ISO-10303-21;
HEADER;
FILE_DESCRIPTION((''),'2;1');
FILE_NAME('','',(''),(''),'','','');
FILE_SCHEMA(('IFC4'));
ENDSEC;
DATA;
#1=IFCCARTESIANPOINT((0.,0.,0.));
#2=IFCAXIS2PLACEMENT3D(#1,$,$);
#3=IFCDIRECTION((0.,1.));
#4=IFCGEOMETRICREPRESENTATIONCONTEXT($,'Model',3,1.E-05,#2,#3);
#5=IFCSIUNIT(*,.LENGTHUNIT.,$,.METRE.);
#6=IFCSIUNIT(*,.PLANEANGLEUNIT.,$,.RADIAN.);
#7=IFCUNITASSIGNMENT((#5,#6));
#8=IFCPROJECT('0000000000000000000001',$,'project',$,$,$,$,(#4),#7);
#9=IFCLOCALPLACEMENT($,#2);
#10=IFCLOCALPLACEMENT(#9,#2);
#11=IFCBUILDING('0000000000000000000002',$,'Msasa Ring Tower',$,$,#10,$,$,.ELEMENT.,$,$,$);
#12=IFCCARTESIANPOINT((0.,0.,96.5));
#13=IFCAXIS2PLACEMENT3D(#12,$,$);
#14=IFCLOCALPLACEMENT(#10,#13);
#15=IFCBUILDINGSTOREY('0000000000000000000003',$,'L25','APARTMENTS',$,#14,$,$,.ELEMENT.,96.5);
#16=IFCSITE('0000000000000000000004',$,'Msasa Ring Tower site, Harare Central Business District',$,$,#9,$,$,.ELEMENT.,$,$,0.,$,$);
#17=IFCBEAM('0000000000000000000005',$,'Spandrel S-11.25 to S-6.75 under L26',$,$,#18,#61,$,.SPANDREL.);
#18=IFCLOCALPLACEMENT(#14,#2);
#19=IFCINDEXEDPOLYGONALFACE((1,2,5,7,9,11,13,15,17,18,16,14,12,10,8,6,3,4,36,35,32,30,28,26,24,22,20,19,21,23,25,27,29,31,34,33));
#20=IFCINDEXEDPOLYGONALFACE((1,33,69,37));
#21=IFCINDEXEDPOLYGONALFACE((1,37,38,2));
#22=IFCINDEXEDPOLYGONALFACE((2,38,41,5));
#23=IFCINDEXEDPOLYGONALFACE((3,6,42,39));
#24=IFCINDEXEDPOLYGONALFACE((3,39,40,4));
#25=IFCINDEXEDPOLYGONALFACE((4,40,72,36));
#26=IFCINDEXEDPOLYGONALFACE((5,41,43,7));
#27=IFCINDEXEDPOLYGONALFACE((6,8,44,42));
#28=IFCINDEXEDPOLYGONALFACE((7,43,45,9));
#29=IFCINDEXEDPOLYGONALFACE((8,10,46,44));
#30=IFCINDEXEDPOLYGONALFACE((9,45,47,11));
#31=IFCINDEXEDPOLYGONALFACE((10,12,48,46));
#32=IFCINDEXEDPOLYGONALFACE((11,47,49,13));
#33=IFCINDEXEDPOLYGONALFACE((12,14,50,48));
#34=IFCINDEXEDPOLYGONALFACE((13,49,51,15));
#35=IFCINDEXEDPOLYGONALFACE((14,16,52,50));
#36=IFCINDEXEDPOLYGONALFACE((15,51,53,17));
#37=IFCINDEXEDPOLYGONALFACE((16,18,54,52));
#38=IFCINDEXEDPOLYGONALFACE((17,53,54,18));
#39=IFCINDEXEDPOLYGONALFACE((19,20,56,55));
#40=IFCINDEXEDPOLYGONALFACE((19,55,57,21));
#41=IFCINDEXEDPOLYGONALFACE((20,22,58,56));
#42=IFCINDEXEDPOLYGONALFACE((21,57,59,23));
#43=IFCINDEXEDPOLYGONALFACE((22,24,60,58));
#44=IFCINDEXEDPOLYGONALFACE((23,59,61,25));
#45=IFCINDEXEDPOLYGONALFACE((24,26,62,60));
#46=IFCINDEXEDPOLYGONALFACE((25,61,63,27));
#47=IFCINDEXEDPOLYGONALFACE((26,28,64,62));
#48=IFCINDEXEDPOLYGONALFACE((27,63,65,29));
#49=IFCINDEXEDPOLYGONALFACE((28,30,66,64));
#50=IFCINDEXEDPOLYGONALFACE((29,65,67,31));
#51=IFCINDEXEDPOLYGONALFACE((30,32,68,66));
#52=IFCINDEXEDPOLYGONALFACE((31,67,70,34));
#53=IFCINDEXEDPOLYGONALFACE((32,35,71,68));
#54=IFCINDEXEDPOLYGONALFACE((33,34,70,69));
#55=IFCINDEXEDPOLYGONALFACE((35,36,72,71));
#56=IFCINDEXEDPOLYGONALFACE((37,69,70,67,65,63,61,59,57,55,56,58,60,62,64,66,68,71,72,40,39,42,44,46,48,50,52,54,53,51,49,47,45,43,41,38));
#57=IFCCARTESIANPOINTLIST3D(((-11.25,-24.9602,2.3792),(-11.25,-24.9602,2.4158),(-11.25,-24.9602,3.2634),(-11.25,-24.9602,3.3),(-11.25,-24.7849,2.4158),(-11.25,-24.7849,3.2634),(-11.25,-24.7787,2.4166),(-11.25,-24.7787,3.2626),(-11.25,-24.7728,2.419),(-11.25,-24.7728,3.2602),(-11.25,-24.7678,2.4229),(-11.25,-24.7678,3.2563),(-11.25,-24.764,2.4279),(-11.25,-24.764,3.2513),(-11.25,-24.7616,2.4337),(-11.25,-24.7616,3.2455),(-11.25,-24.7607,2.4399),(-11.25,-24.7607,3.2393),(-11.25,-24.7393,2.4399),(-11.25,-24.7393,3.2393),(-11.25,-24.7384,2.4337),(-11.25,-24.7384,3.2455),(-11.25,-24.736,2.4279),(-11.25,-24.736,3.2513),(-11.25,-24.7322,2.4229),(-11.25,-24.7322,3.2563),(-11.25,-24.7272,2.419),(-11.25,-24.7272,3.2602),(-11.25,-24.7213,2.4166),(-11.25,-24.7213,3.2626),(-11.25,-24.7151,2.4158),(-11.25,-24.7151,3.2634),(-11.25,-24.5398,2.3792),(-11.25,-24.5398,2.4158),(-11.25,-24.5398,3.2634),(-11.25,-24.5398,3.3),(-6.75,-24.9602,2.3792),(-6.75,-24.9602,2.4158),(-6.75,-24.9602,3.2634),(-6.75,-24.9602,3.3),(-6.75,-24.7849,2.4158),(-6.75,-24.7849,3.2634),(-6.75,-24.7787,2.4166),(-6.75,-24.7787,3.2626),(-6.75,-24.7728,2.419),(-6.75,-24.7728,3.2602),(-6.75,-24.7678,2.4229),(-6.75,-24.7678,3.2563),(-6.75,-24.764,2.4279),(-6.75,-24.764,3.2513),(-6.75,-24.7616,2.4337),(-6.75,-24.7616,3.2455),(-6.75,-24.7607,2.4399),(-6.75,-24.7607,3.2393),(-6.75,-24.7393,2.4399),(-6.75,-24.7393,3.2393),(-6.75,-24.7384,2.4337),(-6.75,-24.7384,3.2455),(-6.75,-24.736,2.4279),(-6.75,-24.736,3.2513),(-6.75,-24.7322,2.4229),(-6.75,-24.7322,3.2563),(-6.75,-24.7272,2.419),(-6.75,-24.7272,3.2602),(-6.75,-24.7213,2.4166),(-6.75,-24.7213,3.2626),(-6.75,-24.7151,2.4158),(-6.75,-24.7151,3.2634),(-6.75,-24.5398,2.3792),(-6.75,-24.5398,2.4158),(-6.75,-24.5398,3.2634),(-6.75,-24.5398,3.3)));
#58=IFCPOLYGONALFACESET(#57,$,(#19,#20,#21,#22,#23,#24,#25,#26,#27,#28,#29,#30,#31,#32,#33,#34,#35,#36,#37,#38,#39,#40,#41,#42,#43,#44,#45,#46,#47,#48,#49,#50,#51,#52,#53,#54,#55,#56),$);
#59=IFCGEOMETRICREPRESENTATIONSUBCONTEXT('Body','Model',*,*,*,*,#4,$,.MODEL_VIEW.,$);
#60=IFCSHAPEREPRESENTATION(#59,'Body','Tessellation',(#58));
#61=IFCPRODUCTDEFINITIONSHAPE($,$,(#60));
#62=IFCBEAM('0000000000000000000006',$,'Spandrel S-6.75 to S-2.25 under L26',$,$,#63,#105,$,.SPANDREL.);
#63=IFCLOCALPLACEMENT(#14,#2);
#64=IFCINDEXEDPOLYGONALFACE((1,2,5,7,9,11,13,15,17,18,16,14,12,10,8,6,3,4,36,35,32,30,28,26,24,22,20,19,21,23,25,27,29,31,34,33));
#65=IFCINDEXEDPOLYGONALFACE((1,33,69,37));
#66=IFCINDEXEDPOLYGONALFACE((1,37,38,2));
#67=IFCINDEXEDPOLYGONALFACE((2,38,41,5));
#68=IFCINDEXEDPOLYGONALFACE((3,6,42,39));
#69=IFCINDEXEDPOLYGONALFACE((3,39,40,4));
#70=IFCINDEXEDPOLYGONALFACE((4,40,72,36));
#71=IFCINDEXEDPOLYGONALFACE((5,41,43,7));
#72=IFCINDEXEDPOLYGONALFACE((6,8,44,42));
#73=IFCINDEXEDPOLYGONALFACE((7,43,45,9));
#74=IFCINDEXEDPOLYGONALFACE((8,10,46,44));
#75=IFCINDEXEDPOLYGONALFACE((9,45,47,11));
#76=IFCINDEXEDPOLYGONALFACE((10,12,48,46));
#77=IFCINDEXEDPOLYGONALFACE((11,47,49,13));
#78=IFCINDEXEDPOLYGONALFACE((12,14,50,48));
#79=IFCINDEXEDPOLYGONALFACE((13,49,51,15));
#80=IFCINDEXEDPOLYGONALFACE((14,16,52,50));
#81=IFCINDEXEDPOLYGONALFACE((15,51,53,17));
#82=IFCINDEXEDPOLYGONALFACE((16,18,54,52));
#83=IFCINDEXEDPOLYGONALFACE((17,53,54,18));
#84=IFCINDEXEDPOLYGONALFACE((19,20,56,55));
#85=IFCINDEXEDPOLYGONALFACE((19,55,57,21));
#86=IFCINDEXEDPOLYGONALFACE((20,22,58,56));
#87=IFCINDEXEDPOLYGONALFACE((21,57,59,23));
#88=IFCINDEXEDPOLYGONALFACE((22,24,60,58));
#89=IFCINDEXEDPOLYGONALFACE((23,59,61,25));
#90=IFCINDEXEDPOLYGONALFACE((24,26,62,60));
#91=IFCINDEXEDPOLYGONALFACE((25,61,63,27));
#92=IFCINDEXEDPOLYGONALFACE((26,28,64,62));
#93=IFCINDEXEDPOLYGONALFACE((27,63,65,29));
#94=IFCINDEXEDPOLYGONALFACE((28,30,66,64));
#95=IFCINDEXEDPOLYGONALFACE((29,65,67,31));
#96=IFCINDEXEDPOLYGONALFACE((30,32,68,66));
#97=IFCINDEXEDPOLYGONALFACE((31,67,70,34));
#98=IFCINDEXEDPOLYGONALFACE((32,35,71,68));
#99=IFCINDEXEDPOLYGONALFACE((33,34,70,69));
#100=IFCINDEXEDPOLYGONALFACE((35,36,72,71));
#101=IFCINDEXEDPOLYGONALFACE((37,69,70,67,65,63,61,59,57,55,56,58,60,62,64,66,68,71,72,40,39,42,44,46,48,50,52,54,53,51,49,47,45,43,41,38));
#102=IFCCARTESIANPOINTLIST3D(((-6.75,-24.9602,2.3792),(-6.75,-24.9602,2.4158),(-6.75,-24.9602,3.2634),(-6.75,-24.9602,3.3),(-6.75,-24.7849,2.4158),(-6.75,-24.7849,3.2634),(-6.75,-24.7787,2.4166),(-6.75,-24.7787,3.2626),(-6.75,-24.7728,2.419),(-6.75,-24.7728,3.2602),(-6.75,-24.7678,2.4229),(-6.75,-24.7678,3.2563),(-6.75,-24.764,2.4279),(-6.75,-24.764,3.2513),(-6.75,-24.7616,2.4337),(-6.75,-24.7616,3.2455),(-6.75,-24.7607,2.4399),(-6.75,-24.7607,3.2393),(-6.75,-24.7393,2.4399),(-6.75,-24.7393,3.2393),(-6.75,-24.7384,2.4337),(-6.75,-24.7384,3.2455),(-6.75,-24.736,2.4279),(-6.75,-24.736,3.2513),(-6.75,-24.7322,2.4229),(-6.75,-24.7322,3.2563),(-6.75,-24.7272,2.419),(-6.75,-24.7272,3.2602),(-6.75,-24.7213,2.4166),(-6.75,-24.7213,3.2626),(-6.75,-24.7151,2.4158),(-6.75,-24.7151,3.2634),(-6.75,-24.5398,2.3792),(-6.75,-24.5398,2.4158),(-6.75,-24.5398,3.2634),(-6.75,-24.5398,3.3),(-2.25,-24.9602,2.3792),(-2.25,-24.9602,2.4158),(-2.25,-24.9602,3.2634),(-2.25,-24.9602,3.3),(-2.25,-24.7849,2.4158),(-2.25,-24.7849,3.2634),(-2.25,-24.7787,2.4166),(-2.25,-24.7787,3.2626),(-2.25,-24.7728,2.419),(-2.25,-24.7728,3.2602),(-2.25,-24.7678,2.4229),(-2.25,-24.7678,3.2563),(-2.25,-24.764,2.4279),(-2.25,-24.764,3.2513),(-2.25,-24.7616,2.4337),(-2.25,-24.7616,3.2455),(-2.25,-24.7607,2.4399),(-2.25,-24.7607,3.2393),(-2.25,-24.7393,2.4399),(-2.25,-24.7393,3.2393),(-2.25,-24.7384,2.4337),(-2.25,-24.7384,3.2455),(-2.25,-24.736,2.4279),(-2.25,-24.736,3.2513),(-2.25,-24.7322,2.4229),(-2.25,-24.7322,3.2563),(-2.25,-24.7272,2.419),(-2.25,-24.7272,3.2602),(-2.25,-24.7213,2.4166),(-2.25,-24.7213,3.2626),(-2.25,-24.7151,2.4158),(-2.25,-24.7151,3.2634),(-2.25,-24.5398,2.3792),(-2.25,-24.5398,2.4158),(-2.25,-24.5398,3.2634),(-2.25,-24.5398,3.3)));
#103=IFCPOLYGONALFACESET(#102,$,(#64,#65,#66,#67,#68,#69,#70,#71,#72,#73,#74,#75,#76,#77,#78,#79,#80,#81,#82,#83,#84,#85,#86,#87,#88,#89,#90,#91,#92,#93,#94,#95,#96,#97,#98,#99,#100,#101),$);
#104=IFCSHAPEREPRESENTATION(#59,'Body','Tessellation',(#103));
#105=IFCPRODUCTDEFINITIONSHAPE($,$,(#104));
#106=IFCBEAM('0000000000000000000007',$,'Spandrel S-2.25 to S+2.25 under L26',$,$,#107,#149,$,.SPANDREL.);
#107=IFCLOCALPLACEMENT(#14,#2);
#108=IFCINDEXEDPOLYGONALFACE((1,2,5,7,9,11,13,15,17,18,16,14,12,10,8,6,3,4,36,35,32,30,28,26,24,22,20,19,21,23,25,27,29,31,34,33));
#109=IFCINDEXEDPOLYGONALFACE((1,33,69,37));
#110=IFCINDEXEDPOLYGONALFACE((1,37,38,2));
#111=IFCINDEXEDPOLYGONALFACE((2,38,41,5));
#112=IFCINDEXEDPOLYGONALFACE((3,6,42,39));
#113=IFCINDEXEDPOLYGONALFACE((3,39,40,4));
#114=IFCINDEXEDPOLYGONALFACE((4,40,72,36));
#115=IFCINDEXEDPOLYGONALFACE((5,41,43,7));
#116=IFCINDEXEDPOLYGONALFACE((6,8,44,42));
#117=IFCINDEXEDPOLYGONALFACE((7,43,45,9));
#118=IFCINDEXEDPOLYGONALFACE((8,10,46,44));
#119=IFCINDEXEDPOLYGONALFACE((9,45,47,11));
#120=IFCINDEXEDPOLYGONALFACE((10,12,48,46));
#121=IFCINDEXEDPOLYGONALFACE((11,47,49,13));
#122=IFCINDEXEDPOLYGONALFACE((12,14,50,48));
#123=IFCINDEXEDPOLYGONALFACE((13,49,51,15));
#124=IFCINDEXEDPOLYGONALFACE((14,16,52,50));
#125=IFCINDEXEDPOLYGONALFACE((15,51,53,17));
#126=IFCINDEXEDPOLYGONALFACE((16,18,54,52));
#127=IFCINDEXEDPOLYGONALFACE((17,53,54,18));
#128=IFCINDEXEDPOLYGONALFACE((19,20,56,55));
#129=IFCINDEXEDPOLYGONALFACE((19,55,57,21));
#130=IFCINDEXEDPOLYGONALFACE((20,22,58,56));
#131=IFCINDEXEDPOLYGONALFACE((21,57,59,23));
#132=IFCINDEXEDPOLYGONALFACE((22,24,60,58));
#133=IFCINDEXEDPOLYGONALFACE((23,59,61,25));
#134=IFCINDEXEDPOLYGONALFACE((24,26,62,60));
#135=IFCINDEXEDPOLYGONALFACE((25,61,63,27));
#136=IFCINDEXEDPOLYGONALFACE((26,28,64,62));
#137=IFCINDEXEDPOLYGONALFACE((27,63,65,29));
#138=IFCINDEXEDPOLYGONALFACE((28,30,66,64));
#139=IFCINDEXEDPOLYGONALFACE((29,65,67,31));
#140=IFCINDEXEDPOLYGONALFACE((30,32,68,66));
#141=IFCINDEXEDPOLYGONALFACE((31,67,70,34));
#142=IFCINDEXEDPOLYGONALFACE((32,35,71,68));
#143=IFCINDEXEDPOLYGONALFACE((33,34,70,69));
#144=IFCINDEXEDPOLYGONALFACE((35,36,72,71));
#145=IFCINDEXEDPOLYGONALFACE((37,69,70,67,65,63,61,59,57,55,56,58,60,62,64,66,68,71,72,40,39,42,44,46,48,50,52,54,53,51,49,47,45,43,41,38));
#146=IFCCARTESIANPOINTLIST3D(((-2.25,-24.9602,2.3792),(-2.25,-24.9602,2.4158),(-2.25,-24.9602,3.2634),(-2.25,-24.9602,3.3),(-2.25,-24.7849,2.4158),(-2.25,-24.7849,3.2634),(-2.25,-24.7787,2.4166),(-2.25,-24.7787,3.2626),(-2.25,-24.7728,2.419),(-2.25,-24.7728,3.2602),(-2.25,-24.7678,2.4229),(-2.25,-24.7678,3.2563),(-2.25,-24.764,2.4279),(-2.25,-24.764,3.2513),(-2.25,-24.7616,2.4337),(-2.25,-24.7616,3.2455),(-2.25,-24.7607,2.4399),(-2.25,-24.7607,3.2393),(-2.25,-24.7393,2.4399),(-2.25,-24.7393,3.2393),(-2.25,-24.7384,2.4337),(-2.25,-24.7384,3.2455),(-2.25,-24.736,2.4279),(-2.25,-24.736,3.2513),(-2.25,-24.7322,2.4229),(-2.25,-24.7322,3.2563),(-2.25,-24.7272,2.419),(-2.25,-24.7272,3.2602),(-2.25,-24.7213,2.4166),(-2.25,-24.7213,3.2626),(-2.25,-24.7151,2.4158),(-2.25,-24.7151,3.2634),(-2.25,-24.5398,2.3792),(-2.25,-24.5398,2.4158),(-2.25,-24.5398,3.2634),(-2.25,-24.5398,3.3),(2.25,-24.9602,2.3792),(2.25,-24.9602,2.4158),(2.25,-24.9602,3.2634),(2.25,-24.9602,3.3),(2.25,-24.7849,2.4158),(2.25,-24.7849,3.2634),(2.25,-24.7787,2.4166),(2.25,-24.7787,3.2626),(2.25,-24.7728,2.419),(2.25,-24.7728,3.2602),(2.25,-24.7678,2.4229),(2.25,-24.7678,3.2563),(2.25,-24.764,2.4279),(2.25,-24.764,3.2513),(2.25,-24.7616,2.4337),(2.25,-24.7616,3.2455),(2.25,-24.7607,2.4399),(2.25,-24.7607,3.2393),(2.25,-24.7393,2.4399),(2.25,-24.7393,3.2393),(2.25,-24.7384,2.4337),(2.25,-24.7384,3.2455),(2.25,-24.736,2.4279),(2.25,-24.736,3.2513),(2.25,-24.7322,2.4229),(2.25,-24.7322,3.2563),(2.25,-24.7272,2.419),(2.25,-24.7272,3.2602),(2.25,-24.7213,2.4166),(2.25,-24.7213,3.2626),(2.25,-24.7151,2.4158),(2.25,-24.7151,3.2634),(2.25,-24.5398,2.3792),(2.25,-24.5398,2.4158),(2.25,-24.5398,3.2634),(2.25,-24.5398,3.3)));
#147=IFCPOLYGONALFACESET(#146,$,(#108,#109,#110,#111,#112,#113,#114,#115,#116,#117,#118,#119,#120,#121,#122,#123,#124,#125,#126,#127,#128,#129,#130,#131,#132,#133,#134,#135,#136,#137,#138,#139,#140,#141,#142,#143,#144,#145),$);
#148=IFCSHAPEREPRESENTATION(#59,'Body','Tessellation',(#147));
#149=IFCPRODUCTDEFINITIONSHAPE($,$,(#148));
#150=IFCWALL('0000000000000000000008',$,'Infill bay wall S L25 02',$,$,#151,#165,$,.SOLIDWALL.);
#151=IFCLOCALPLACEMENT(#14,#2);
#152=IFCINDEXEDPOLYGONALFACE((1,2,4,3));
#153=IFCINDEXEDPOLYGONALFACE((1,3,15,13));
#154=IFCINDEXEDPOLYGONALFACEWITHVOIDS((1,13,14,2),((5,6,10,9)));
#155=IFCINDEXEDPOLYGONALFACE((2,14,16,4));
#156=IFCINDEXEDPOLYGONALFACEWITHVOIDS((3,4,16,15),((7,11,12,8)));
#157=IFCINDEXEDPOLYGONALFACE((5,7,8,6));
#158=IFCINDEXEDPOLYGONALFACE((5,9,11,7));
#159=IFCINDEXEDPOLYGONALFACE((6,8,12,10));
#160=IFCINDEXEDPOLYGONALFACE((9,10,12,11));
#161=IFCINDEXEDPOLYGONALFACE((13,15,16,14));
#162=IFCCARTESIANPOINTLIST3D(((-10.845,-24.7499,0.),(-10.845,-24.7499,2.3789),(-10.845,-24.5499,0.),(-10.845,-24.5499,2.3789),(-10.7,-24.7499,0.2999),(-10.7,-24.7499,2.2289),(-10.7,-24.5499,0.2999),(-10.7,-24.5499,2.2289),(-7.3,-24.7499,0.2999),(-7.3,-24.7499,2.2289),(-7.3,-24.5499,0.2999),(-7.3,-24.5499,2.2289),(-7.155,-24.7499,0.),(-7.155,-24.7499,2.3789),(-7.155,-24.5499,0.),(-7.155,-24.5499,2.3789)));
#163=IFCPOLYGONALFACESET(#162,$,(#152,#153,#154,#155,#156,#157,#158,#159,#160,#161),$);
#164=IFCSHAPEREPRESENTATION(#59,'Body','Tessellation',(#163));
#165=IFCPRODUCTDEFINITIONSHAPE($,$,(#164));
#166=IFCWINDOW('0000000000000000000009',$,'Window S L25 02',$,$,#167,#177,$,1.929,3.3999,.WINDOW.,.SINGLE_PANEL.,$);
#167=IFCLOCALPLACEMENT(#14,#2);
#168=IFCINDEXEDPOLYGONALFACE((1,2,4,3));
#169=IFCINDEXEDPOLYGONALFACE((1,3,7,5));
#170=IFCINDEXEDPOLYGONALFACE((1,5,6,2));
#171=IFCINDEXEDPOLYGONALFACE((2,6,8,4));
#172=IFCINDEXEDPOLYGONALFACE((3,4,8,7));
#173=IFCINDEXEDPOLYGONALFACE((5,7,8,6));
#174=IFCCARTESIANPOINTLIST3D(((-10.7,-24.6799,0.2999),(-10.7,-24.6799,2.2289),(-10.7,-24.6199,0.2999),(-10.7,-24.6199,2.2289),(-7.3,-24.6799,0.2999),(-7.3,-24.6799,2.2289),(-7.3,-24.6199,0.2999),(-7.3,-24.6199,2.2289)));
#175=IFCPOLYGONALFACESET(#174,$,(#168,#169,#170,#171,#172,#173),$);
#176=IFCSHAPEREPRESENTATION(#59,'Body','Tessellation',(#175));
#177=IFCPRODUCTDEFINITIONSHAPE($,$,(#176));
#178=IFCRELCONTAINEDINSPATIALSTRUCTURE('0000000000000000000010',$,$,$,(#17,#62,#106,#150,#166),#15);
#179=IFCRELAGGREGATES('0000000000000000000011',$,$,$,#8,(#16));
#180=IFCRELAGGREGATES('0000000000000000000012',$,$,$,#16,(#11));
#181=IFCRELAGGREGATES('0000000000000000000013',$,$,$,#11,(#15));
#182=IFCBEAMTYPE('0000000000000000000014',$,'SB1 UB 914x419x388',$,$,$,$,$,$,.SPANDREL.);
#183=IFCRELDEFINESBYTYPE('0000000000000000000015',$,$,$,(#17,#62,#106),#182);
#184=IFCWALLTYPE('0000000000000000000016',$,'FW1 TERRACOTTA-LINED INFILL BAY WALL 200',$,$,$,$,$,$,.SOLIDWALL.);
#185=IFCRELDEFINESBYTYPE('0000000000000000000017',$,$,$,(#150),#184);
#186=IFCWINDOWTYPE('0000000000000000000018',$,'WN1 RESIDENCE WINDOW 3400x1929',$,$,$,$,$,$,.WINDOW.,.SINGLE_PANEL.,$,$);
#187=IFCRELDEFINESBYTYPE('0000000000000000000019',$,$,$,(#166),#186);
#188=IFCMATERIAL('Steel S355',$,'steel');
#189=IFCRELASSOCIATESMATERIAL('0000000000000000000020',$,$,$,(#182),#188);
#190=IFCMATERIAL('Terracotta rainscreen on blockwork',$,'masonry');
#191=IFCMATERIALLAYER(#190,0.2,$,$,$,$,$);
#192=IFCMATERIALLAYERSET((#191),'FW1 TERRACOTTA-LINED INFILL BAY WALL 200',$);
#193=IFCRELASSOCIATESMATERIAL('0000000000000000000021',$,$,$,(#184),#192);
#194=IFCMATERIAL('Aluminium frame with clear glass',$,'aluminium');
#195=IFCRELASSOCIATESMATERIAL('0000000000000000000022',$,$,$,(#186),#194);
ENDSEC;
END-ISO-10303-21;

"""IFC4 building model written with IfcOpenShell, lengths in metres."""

from ifc_helpers import new_model, si_unit, direction, frame, frame_2d, origin, origin_2d, place, context, subcontext, project, spatial, rectangle, i_section, extrude, material, layer, layer_set, material_profile, profile_set, type_object, element, fill, save


model = new_model("IFC4")

# Units and contexts
model_context = context("Model", 3, precision=1e-05, world=origin(), true_north=direction((0.0, 1.0)))
body_context = subcontext(model_context, "Body", "Model", "MODEL_VIEW")
ifc_project = project(units=[si_unit("LENGTHUNIT", "METRE"), si_unit("PLANEANGLEUNIT", "RADIAN")], contexts=[model_context])

# Site, building, storey
site_placement = place(None, origin())
site = spatial("IfcSite", under=ifc_project, at=site_placement, Name="Msasa Ring Tower site, Harare Central Business District", CompositionType="ELEMENT", RefElevation=0.0)
building_placement = place(site_placement, origin())
building = spatial("IfcBuilding", under=site, at=building_placement, Name="Msasa Ring Tower", CompositionType="ELEMENT")
storey_placement = place(building_placement, frame((0.0, 0.0, 96.5)))
storey = spatial("IfcBuildingStorey", under=building, at=storey_placement, Name="L25", Description="APARTMENTS", CompositionType="ELEMENT", Elevation=96.5)

# Beams
ifc_material_1 = material(Name="Steel S355", Category="steel")
ifc_material_profile_1 = material_profile(ifc_material_1, i_section(OverallWidth=0.4204, OverallDepth=0.9209, WebThickness=0.0215, FlangeThickness=0.0366, FilletRadius=0.0242, at=origin_2d()), Name="UB 914x419x388")
ifc_profile_set_1 = profile_set([ifc_material_profile_1], Name="Steel S355")
beam_type_1 = type_object("IfcBeamType", Name="SB1 UB 914x419x388", PredefinedType="SPANDREL", material=ifc_profile_set_1)
for number, where, z_axis, x_axis, name in (
    (1, (-11.25, -24.75, 2.8396), (1.0, 0.0, 0.0), (0.0, 1.0, 0.0), "Spandrel S-11.25 to S-6.75 under L26"),
    (2, (-6.75, -24.75, 2.8396), (1.0, 0.0, 0.0), (0.0, 1.0, 0.0), "Spandrel S-6.75 to S-2.25 under L26"),
    (3, (-2.25, -24.75, 2.8396), (1.0, 0.0, 0.0), (0.0, 1.0, 0.0), "Spandrel S-2.25 to S+2.25 under L26"),
):
    element("IfcBeam", number, at=place(storey_placement, frame(where, z_axis=z_axis, x_axis=x_axis)), inside=storey, type_object=beam_type_1, Name=name, PredefinedType="SPANDREL", context=body_context, shape_type="SweptSolid", body=[
        extrude(i_section(OverallWidth=0.4204, OverallDepth=0.9209, WebThickness=0.0215, FlangeThickness=0.0366, FilletRadius=0.0242, at=origin_2d()), origin(), (0.0, 0.0, 1.0), 4.5),
    ])

# Wall, opening, window
ifc_material_2 = material(Name="Terracotta rainscreen on blockwork", Category="masonry")
ifc_layer_1 = layer(ifc_material_2, 0.2)
ifc_layer_set_1 = layer_set([ifc_layer_1], Name="FW1 TERRACOTTA-LINED INFILL BAY WALL 200")
wall_type_1 = type_object("IfcWallType", Name="FW1 TERRACOTTA-LINED INFILL BAY WALL 200", PredefinedType="SOLIDWALL", material=ifc_layer_set_1)
wall_1_placement = place(storey_placement, frame((-10.845, -24.6499, 0.0), z_axis=(0.0, 0.0, 1.0), x_axis=(1.0, 0.0, 0.0)))
wall_1 = element("IfcWall", 4, at=wall_1_placement, inside=storey, type_object=wall_type_1, Name="Infill bay wall S L25 02", PredefinedType="SOLIDWALL", context=body_context, shape_type="SweptSolid", body=[
    extrude(rectangle(XDim=3.6899, YDim=0.2, at=frame_2d((1.845, 0.0))), origin(), (0.0, 0.0, 1.0), 2.3789),
])
opening_1_placement = place(wall_1_placement, frame((0.145, 0.0, 0.3)))
opening_1 = element("IfcOpeningElement", 5, at=opening_1_placement, cuts=wall_1, PredefinedType="OPENING", context=body_context, shape_type="SweptSolid", body=[
    extrude(rectangle(XDim=3.3999, YDim=1.929, at=frame_2d((1.7, 0.9644))), frame((0.0, 0.1099, 0.0), z_axis=(0.0, -1.0, 0.0), x_axis=(1.0, 0.0, 0.0)), (0.0, 0.0, 1.0), 0.22),
])
ifc_material_3 = material(Name="Aluminium frame with clear glass", Category="aluminium")
window_type = type_object("IfcWindowType", Name="WN1 RESIDENCE WINDOW 3400x1929", PartitioningType="SINGLE_PANEL", PredefinedType="WINDOW", material=ifc_material_3)
window_1_placement = place(opening_1_placement, origin())
window_1 = element("IfcWindow", 6, at=window_1_placement, inside=storey, type_object=window_type, Name="Window S L25 02", OverallHeight=1.929, OverallWidth=3.3999, PartitioningType="SINGLE_PANEL", PredefinedType="WINDOW", context=body_context, shape_type="SweptSolid", body=[
    extrude(rectangle(XDim=3.3999, YDim=1.929, at=frame_2d((1.7, 0.9644))), frame((0.0, 0.03, 0.0), z_axis=(0.0, -1.0, 0.0), x_axis=(1.0, 0.0, 0.0)), (0.0, 0.0, 1.0), 0.0601),
])
fill(opening_1, window_1)

save(model, "model.ifc")
